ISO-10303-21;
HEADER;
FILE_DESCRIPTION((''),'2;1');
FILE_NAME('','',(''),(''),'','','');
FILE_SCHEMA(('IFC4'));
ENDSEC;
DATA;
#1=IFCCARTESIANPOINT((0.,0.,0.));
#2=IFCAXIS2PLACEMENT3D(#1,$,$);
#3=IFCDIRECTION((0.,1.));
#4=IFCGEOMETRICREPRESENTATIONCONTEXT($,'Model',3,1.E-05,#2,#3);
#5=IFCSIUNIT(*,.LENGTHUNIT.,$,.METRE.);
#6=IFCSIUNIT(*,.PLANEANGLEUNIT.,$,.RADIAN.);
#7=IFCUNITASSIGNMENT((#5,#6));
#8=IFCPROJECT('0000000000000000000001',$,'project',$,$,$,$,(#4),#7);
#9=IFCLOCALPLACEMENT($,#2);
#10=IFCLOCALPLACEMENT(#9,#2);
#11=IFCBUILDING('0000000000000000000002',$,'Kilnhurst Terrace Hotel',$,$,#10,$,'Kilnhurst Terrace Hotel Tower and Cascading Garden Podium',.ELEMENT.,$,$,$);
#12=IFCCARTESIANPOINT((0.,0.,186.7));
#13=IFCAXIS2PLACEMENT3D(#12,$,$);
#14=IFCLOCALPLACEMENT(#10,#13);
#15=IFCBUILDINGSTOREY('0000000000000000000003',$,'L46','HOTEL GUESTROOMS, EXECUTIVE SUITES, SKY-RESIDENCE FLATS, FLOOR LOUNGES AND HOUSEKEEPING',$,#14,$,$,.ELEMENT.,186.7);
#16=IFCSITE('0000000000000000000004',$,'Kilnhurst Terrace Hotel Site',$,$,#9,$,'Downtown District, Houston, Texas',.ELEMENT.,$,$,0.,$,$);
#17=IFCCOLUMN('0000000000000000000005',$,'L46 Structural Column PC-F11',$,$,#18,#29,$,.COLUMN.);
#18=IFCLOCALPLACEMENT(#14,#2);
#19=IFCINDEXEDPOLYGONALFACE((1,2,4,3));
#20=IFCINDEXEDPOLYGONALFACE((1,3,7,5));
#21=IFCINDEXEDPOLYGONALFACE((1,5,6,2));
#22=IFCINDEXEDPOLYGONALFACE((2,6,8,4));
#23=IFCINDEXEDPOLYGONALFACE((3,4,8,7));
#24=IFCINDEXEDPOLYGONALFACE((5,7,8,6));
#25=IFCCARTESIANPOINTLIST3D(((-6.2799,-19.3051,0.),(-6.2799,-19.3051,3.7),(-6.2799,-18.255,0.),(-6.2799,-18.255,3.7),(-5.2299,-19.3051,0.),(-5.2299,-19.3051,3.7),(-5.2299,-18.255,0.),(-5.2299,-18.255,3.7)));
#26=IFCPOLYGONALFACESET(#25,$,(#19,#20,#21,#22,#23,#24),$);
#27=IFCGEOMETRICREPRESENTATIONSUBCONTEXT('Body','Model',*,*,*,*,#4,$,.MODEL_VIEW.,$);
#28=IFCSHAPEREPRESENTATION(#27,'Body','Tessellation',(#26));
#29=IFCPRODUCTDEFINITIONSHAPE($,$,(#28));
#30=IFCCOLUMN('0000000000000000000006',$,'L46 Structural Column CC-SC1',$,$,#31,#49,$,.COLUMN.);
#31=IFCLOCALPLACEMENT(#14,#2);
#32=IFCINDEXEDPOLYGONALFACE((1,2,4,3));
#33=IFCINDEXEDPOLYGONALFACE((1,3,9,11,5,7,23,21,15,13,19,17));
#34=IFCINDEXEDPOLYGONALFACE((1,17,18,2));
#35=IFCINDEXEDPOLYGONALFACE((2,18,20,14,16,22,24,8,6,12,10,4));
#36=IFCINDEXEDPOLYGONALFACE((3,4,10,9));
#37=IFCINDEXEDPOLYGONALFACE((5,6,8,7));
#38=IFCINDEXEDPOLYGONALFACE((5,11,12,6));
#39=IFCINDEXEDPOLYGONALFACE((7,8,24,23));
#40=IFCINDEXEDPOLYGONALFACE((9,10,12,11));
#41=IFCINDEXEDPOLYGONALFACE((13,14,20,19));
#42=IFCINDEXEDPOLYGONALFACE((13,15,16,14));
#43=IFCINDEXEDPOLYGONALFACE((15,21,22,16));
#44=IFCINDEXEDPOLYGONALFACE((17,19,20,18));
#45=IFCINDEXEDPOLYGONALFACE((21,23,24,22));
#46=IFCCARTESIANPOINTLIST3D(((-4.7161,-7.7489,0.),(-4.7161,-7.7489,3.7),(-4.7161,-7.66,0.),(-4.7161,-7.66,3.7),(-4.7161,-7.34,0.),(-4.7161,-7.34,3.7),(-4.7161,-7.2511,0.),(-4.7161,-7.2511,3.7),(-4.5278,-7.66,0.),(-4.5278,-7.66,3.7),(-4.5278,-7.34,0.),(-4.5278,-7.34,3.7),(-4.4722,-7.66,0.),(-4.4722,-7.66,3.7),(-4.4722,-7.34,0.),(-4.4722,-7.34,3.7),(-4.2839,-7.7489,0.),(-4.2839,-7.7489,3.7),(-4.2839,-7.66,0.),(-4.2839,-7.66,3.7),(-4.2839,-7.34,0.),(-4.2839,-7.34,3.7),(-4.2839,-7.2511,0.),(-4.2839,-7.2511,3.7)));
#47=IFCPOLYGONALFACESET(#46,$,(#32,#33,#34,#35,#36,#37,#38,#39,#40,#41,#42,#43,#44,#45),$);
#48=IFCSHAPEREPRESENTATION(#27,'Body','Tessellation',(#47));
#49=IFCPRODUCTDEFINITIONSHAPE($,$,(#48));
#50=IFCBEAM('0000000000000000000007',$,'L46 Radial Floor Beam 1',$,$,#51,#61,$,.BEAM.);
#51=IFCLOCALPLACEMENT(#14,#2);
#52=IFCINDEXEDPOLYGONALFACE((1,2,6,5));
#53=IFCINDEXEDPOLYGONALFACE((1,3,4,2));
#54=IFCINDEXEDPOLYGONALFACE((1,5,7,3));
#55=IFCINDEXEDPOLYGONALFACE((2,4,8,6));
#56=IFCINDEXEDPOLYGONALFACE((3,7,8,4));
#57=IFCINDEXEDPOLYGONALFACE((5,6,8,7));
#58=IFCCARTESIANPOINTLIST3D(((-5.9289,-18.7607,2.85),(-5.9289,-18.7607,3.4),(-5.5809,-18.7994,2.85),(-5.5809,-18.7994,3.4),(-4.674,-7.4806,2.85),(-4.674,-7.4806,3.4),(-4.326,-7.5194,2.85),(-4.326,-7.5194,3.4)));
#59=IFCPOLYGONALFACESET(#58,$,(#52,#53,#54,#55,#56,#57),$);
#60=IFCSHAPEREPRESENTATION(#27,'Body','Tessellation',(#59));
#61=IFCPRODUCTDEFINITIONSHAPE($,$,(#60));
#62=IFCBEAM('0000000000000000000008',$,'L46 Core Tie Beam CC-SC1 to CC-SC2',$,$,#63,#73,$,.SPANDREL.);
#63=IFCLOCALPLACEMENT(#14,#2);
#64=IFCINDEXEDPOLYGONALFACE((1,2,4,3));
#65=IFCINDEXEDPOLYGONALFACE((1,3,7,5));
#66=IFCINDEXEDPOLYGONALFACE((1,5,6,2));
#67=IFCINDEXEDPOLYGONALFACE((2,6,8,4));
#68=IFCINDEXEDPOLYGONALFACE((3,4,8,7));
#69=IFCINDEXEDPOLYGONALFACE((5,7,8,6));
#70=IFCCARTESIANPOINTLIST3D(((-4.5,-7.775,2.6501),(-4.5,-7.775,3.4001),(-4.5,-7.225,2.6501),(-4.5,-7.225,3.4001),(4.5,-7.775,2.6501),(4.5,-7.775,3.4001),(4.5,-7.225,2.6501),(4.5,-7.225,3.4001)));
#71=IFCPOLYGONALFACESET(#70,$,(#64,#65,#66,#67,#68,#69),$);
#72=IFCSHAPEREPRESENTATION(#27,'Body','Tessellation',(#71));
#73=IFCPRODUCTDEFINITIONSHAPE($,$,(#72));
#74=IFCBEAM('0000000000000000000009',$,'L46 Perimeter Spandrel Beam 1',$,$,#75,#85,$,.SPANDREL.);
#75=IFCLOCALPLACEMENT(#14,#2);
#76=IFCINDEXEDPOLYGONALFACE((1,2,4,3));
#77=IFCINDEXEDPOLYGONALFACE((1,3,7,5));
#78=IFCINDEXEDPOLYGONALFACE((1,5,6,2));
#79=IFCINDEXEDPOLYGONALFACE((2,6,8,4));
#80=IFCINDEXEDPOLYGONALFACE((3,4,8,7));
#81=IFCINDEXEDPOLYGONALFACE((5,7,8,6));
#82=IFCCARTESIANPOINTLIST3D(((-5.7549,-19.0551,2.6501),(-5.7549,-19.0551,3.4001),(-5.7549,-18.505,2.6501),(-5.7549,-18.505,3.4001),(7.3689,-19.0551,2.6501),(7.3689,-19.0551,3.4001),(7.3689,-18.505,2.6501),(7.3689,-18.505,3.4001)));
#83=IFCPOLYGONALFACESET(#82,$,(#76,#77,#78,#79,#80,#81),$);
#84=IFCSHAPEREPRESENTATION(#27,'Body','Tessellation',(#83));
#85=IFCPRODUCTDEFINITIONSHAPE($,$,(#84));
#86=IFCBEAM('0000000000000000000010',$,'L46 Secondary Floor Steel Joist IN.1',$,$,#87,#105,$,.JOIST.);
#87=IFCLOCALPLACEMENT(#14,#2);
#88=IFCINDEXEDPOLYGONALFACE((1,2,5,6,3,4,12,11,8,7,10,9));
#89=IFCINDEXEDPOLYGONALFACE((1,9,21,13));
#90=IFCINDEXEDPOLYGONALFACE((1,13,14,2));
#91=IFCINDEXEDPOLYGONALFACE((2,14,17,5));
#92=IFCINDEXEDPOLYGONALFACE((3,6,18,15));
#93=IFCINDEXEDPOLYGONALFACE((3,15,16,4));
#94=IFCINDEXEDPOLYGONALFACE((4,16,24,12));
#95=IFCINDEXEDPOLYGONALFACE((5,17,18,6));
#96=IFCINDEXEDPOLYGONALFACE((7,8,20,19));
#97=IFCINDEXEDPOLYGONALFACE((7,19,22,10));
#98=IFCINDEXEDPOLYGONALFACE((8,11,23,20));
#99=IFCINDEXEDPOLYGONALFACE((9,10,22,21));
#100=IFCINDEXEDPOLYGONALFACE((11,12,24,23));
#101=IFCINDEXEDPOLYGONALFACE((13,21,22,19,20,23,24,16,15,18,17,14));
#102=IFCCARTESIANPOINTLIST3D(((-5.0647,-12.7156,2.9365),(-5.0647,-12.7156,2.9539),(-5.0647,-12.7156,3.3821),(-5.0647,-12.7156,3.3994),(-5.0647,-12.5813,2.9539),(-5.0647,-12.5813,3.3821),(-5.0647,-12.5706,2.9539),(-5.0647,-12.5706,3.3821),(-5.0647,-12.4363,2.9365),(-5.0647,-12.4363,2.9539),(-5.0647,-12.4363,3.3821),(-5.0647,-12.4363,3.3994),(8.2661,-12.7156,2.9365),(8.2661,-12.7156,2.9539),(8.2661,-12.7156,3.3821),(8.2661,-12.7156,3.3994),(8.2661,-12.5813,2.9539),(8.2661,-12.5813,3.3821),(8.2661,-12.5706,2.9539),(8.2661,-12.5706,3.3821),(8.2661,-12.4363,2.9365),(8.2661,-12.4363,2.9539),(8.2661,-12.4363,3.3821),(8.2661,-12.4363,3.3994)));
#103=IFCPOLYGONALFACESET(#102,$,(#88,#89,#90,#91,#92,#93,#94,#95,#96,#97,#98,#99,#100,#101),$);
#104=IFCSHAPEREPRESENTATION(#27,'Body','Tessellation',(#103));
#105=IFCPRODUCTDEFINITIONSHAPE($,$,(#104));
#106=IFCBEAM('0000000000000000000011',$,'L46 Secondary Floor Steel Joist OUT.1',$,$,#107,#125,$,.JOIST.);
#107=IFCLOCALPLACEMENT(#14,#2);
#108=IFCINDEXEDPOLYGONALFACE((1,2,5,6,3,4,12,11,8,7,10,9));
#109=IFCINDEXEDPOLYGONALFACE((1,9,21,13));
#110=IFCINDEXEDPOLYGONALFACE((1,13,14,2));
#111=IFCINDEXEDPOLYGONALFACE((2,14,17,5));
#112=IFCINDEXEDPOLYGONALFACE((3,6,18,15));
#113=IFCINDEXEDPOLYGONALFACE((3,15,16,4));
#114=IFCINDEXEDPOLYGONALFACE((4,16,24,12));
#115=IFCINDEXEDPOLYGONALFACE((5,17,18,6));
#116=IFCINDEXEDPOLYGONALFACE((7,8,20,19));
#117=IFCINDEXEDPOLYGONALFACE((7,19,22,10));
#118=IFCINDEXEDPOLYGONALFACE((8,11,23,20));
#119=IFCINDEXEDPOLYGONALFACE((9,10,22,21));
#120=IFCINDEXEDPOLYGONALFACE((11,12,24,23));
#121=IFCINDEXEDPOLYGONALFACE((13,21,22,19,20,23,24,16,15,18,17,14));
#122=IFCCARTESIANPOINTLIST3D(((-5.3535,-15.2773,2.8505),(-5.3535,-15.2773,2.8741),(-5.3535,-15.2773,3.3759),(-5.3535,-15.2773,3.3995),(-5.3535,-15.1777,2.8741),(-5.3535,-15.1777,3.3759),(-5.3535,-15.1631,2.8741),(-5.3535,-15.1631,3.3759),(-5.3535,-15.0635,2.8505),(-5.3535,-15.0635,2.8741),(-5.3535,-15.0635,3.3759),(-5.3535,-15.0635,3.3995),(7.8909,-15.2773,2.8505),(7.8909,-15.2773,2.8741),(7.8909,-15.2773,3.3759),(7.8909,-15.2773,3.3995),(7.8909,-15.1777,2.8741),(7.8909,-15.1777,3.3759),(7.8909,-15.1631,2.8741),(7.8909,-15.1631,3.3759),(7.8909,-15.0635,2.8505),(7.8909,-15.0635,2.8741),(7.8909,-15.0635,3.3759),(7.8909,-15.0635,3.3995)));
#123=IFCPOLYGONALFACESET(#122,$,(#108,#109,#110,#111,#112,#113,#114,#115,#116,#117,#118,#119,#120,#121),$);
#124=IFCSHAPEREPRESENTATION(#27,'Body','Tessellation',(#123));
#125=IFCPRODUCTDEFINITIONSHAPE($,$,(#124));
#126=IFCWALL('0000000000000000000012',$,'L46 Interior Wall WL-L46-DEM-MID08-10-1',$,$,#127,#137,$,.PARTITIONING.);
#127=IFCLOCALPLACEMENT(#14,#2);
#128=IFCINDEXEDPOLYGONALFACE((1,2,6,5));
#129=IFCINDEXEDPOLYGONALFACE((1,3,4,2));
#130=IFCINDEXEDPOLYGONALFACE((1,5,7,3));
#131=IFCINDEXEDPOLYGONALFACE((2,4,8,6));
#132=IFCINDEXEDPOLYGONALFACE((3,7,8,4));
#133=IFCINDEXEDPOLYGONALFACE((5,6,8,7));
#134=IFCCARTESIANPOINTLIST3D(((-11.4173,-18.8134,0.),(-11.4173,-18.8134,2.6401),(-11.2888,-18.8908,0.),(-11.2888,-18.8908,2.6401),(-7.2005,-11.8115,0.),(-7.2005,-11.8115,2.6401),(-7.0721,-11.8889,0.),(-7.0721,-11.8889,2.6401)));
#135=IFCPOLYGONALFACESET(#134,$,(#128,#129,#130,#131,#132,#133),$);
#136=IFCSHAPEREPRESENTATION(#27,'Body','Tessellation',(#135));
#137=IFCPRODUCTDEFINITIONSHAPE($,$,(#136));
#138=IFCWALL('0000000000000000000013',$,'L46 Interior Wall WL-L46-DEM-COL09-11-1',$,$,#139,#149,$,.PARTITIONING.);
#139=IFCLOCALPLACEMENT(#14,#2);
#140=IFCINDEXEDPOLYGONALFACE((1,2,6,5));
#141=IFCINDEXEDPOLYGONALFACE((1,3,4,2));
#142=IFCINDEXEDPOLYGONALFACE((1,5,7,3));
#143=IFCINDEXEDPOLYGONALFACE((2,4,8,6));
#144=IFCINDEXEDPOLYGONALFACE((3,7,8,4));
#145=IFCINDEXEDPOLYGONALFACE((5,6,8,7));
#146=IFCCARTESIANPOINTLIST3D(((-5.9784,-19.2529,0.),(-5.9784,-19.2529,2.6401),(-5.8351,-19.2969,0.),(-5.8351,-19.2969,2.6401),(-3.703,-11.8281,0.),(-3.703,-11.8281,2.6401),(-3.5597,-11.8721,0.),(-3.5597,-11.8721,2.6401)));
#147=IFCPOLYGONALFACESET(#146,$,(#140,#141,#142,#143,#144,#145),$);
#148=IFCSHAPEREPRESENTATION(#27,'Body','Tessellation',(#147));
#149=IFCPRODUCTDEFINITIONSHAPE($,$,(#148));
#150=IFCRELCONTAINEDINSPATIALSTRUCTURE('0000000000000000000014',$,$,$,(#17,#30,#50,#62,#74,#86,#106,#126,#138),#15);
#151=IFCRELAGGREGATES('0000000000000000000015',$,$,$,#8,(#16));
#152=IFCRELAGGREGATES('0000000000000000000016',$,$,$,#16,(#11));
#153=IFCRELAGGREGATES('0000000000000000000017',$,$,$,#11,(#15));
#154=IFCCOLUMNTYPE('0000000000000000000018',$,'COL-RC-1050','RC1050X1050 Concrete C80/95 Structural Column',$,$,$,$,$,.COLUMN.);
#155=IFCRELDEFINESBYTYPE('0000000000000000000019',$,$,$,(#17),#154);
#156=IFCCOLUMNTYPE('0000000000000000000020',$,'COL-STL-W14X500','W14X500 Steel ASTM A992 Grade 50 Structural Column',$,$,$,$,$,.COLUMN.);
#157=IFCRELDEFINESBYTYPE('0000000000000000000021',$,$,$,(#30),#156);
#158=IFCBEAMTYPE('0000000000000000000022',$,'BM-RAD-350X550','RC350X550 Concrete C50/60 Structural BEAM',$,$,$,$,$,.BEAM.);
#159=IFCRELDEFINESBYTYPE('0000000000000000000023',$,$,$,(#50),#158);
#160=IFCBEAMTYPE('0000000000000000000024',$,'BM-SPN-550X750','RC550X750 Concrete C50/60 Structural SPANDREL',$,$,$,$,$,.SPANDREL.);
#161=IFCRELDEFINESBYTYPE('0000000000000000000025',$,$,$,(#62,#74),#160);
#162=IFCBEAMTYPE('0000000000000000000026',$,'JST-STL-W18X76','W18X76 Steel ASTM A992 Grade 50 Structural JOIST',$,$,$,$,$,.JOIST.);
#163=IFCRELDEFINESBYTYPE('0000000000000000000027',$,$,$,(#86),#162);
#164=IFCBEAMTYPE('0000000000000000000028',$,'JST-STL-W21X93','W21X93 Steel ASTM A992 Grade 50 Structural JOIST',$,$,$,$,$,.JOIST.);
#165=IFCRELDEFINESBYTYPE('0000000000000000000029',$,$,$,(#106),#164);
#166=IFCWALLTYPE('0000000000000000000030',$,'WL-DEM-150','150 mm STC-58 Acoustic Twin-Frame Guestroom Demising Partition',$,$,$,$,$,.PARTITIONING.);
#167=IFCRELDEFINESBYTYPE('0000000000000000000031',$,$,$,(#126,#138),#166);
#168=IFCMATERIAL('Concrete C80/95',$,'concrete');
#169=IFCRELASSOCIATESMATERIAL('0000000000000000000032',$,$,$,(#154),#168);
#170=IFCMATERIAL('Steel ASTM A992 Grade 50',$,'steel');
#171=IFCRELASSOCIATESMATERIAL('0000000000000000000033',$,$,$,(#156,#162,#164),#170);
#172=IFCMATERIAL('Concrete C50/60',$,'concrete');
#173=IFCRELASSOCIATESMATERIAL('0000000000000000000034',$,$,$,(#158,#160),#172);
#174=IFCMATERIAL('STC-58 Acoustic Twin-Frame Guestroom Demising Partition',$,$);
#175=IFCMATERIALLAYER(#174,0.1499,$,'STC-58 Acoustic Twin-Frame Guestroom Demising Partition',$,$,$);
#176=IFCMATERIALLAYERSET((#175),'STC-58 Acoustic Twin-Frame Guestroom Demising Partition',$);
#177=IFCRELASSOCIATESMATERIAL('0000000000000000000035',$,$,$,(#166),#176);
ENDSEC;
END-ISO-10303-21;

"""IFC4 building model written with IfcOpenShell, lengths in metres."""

from ifc_helpers import new_model, si_unit, direction, frame, frame_2d, origin, origin_2d, place, context, subcontext, project, spatial, rectangle, i_section, extrude, material, layer, layer_set, material_profile, profile_set, type_object, element, save


model = new_model("IFC4")

# Units and contexts
model_context = context("Model", 3, precision=1e-05, world=origin(), true_north=direction((0.0, 1.0)))
body_context = subcontext(model_context, "Body", "Model", "MODEL_VIEW")
ifc_project = project(units=[si_unit("LENGTHUNIT", "METRE"), si_unit("PLANEANGLEUNIT", "RADIAN")], contexts=[model_context])

# Site, building, storey
site_placement = place(None, origin())
site = spatial("IfcSite", under=ifc_project, at=site_placement, Name="Kilnhurst Terrace Hotel Site", LongName="Downtown District, Houston, Texas", CompositionType="ELEMENT", RefElevation=0.0)
building_placement = place(site_placement, origin())
building = spatial("IfcBuilding", under=site, at=building_placement, Name="Kilnhurst Terrace Hotel", LongName="Kilnhurst Terrace Hotel Tower and Cascading Garden Podium", CompositionType="ELEMENT")
storey_placement = place(building_placement, frame((0.0, 0.0, 186.7)))
storey = spatial("IfcBuildingStorey", under=building, at=storey_placement, Name="L46", Description="HOTEL GUESTROOMS, EXECUTIVE SUITES, SKY-RESIDENCE FLATS, FLOOR LOUNGES AND HOUSEKEEPING", CompositionType="ELEMENT", Elevation=186.7)

# Columns
ifc_material_1 = material(Name="Concrete C80/95", Category="concrete")
ifc_material_profile_1 = material_profile(ifc_material_1, rectangle(XDim=1.05, YDim=1.05, at=origin_2d()), Name="RC1050X1050")
ifc_profile_set_1 = profile_set([ifc_material_profile_1], Name="Concrete C80/95")
column_type_1 = type_object("IfcColumnType", Name="COL-RC-1050", Description="RC1050X1050 Concrete C80/95 Structural Column", PredefinedType="COLUMN", material=ifc_profile_set_1)
column_1_placement = place(storey_placement, frame((-5.7549, -18.78, 0.0), z_axis=(0.0, 0.0, 1.0), x_axis=(1.0, 0.0, 0.0)))
element("IfcColumn", 1, at=column_1_placement, inside=storey, type_object=column_type_1, Name="L46 Structural Column PC-F11", PredefinedType="COLUMN", context=body_context, shape_type="SweptSolid", body=[
    extrude(rectangle(XDim=1.05, YDim=1.05, at=origin_2d()), origin(), (0.0, 0.0, 1.0), 3.7),
])
ifc_material_2 = material(Name="Steel ASTM A992 Grade 50", Category="steel")
ifc_material_profile_2 = material_profile(ifc_material_2, i_section(OverallWidth=0.4321, OverallDepth=0.4978, WebThickness=0.0557, FlangeThickness=0.0889, at=origin_2d()), Name="W14X500")
ifc_profile_set_2 = profile_set([ifc_material_profile_2], Name="Steel ASTM A992 Grade 50")
column_type_2 = type_object("IfcColumnType", Name="COL-STL-W14X500", Description="W14X500 Steel ASTM A992 Grade 50 Structural Column", PredefinedType="COLUMN", material=ifc_profile_set_2)
column_2_placement = place(storey_placement, frame((-4.5, -7.5, 0.0), z_axis=(0.0, 0.0, 1.0), x_axis=(1.0, 0.0, 0.0)))
element("IfcColumn", 2, at=column_2_placement, inside=storey, type_object=column_type_2, Name="L46 Structural Column CC-SC1", PredefinedType="COLUMN", context=body_context, shape_type="SweptSolid", body=[
    extrude(i_section(OverallWidth=0.4321, OverallDepth=0.4978, WebThickness=0.0557, FlangeThickness=0.0889, at=origin_2d()), origin(), (0.0, 0.0, 1.0), 3.7),
])

# Beams
ifc_material_3 = material(Name="Concrete C50/60", Category="concrete")
ifc_material_profile_3 = material_profile(ifc_material_3, rectangle(XDim=0.3501, YDim=0.55, at=origin_2d()), Name="RC350X550")
ifc_profile_set_3 = profile_set([ifc_material_profile_3], Name="Concrete C50/60")
beam_type_1 = type_object("IfcBeamType", Name="BM-RAD-350X550", Description="RC350X550 Concrete C50/60 Structural BEAM", PredefinedType="BEAM", material=ifc_profile_set_3)
beam_1_placement = place(storey_placement, frame((-4.5, -7.5, 3.125), z_axis=(-0.110566, -0.993869, 0.0), x_axis=(0.993869, -0.110566, 0.0)))
element("IfcBeam", 3, at=beam_1_placement, inside=storey, type_object=beam_type_1, Name="L46 Radial Floor Beam 1", PredefinedType="BEAM", context=body_context, shape_type="SweptSolid", body=[
    extrude(rectangle(XDim=0.3501, YDim=0.55, at=origin_2d()), origin(), (0.0, 0.0, 1.0), 11.3496),
])
ifc_material_profile_4 = material_profile(ifc_material_3, rectangle(XDim=0.55, YDim=0.75, at=origin_2d()), Name="RC550X750")
ifc_profile_set_4 = profile_set([ifc_material_profile_4], Name="Concrete C50/60")
beam_type_2 = type_object("IfcBeamType", Name="BM-SPN-550X750", Description="RC550X750 Concrete C50/60 Structural SPANDREL", PredefinedType="SPANDREL", material=ifc_profile_set_4)
beam_2_placement = place(storey_placement, frame((-4.5, -7.5, 3.0251), z_axis=(1.0, 0.0, 0.0), x_axis=(0.0, 1.0, 0.0)))
element("IfcBeam", 4, at=beam_2_placement, inside=storey, type_object=beam_type_2, Name="L46 Core Tie Beam CC-SC1 to CC-SC2", PredefinedType="SPANDREL", context=body_context, shape_type="SweptSolid", body=[
    extrude(rectangle(XDim=0.55, YDim=0.75, at=origin_2d()), origin(), (0.0, 0.0, 1.0), 9.0),
])
beam_3_placement = place(storey_placement, frame((-5.7549, -18.78, 3.0251), z_axis=(1.0, 0.0, 0.0), x_axis=(0.0, 1.0, 0.0)))
element("IfcBeam", 5, at=beam_3_placement, inside=storey, type_object=beam_type_2, Name="L46 Perimeter Spandrel Beam 1", PredefinedType="SPANDREL", context=body_context, shape_type="SweptSolid", body=[
    extrude(rectangle(XDim=0.55, YDim=0.75, at=origin_2d()), origin(), (0.0, 0.0, 1.0), 13.1238),
])
ifc_material_profile_5 = material_profile(ifc_material_2, i_section(OverallWidth=0.2793, OverallDepth=0.4629, WebThickness=0.0107, FlangeThickness=0.0173, at=origin_2d()), Name="W18X76")
ifc_profile_set_5 = profile_set([ifc_material_profile_5], Name="Steel ASTM A992 Grade 50")
beam_type_3 = type_object("IfcBeamType", Name="JST-STL-W18X76", Description="W18X76 Steel ASTM A992 Grade 50 Structural JOIST", PredefinedType="JOIST", material=ifc_profile_set_5)
beam_4_placement = place(storey_placement, frame((-5.0647, -12.5759, 3.168), z_axis=(1.0, 0.0, 0.0), x_axis=(0.0, 1.0, 0.0)))
element("IfcBeam", 6, at=beam_4_placement, inside=storey, type_object=beam_type_3, Name="L46 Secondary Floor Steel Joist IN.1", PredefinedType="JOIST", context=body_context, shape_type="SweptSolid", body=[
    extrude(i_section(OverallWidth=0.2793, OverallDepth=0.4629, WebThickness=0.0107, FlangeThickness=0.0173, at=origin_2d()), origin(), (0.0, 0.0, 1.0), 13.3308),
])
ifc_material_profile_6 = material_profile(ifc_material_2, i_section(OverallWidth=0.2139, OverallDepth=0.5491, WebThickness=0.0146, FlangeThickness=0.0237, at=origin_2d()), Name="W21X93")
ifc_profile_set_6 = profile_set([ifc_material_profile_6], Name="Steel ASTM A992 Grade 50")
beam_type_4 = type_object("IfcBeamType", Name="JST-STL-W21X93", Description="W21X93 Steel ASTM A992 Grade 50 Structural JOIST", PredefinedType="JOIST", material=ifc_profile_set_6)
beam_5_placement = place(storey_placement, frame((-5.3535, -15.1704, 3.125), z_axis=(1.0, 0.0, 0.0), x_axis=(0.0, 1.0, 0.0)))
element("IfcBeam", 7, at=beam_5_placement, inside=storey, type_object=beam_type_4, Name="L46 Secondary Floor Steel Joist OUT.1", PredefinedType="JOIST", context=body_context, shape_type="SweptSolid", body=[
    extrude(i_section(OverallWidth=0.2139, OverallDepth=0.5491, WebThickness=0.0146, FlangeThickness=0.0237, at=origin_2d()), origin(), (0.0, 0.0, 1.0), 13.2444),
])

# Walls
ifc_material_4 = material(Name="STC-58 Acoustic Twin-Frame Guestroom Demising Partition")
ifc_layer_1 = layer(ifc_material_4, 0.1499, Name="STC-58 Acoustic Twin-Frame Guestroom Demising Partition")
ifc_layer_set_1 = layer_set([ifc_layer_1], Name="STC-58 Acoustic Twin-Frame Guestroom Demising Partition")
wall_type_1 = type_object("IfcWallType", Name="WL-DEM-150", Description="150 mm STC-58 Acoustic Twin-Frame Guestroom Demising Partition", PredefinedType="PARTITIONING", material=ifc_layer_set_1)
wall_1_placement = place(storey_placement, frame((-7.1362, -11.8501, 0.0), z_axis=(0.0, 0.0, 1.0), x_axis=(-0.515901, -0.856648, 0.0)))
element("IfcWall", 8, at=wall_1_placement, inside=storey, type_object=wall_type_1, Name="L46 Interior Wall WL-L46-DEM-MID08-10-1", PredefinedType="PARTITIONING", context=body_context, shape_type="SweptSolid", body=[
    extrude(rectangle(XDim=8.1736, YDim=0.1499, at=frame_2d((4.0869, 0.0))), origin(), (0.0, 0.0, 1.0), 2.6401),
])
wall_2_placement = place(storey_placement, frame((-3.6313, -11.8501, 0.0), z_axis=(0.0, 0.0, 1.0), x_axis=(-0.293008, -0.95611, 0.0)))
element("IfcWall", 9, at=wall_2_placement, inside=storey, type_object=wall_type_1, Name="L46 Interior Wall WL-L46-DEM-COL09-11-1", PredefinedType="PARTITIONING", context=body_context, shape_type="SweptSolid", body=[
    extrude(rectangle(XDim=7.7656, YDim=0.1499, at=frame_2d((3.8828, 0.0))), origin(), (0.0, 0.0, 1.0), 2.6401),
])

save(model, "model.ifc")
